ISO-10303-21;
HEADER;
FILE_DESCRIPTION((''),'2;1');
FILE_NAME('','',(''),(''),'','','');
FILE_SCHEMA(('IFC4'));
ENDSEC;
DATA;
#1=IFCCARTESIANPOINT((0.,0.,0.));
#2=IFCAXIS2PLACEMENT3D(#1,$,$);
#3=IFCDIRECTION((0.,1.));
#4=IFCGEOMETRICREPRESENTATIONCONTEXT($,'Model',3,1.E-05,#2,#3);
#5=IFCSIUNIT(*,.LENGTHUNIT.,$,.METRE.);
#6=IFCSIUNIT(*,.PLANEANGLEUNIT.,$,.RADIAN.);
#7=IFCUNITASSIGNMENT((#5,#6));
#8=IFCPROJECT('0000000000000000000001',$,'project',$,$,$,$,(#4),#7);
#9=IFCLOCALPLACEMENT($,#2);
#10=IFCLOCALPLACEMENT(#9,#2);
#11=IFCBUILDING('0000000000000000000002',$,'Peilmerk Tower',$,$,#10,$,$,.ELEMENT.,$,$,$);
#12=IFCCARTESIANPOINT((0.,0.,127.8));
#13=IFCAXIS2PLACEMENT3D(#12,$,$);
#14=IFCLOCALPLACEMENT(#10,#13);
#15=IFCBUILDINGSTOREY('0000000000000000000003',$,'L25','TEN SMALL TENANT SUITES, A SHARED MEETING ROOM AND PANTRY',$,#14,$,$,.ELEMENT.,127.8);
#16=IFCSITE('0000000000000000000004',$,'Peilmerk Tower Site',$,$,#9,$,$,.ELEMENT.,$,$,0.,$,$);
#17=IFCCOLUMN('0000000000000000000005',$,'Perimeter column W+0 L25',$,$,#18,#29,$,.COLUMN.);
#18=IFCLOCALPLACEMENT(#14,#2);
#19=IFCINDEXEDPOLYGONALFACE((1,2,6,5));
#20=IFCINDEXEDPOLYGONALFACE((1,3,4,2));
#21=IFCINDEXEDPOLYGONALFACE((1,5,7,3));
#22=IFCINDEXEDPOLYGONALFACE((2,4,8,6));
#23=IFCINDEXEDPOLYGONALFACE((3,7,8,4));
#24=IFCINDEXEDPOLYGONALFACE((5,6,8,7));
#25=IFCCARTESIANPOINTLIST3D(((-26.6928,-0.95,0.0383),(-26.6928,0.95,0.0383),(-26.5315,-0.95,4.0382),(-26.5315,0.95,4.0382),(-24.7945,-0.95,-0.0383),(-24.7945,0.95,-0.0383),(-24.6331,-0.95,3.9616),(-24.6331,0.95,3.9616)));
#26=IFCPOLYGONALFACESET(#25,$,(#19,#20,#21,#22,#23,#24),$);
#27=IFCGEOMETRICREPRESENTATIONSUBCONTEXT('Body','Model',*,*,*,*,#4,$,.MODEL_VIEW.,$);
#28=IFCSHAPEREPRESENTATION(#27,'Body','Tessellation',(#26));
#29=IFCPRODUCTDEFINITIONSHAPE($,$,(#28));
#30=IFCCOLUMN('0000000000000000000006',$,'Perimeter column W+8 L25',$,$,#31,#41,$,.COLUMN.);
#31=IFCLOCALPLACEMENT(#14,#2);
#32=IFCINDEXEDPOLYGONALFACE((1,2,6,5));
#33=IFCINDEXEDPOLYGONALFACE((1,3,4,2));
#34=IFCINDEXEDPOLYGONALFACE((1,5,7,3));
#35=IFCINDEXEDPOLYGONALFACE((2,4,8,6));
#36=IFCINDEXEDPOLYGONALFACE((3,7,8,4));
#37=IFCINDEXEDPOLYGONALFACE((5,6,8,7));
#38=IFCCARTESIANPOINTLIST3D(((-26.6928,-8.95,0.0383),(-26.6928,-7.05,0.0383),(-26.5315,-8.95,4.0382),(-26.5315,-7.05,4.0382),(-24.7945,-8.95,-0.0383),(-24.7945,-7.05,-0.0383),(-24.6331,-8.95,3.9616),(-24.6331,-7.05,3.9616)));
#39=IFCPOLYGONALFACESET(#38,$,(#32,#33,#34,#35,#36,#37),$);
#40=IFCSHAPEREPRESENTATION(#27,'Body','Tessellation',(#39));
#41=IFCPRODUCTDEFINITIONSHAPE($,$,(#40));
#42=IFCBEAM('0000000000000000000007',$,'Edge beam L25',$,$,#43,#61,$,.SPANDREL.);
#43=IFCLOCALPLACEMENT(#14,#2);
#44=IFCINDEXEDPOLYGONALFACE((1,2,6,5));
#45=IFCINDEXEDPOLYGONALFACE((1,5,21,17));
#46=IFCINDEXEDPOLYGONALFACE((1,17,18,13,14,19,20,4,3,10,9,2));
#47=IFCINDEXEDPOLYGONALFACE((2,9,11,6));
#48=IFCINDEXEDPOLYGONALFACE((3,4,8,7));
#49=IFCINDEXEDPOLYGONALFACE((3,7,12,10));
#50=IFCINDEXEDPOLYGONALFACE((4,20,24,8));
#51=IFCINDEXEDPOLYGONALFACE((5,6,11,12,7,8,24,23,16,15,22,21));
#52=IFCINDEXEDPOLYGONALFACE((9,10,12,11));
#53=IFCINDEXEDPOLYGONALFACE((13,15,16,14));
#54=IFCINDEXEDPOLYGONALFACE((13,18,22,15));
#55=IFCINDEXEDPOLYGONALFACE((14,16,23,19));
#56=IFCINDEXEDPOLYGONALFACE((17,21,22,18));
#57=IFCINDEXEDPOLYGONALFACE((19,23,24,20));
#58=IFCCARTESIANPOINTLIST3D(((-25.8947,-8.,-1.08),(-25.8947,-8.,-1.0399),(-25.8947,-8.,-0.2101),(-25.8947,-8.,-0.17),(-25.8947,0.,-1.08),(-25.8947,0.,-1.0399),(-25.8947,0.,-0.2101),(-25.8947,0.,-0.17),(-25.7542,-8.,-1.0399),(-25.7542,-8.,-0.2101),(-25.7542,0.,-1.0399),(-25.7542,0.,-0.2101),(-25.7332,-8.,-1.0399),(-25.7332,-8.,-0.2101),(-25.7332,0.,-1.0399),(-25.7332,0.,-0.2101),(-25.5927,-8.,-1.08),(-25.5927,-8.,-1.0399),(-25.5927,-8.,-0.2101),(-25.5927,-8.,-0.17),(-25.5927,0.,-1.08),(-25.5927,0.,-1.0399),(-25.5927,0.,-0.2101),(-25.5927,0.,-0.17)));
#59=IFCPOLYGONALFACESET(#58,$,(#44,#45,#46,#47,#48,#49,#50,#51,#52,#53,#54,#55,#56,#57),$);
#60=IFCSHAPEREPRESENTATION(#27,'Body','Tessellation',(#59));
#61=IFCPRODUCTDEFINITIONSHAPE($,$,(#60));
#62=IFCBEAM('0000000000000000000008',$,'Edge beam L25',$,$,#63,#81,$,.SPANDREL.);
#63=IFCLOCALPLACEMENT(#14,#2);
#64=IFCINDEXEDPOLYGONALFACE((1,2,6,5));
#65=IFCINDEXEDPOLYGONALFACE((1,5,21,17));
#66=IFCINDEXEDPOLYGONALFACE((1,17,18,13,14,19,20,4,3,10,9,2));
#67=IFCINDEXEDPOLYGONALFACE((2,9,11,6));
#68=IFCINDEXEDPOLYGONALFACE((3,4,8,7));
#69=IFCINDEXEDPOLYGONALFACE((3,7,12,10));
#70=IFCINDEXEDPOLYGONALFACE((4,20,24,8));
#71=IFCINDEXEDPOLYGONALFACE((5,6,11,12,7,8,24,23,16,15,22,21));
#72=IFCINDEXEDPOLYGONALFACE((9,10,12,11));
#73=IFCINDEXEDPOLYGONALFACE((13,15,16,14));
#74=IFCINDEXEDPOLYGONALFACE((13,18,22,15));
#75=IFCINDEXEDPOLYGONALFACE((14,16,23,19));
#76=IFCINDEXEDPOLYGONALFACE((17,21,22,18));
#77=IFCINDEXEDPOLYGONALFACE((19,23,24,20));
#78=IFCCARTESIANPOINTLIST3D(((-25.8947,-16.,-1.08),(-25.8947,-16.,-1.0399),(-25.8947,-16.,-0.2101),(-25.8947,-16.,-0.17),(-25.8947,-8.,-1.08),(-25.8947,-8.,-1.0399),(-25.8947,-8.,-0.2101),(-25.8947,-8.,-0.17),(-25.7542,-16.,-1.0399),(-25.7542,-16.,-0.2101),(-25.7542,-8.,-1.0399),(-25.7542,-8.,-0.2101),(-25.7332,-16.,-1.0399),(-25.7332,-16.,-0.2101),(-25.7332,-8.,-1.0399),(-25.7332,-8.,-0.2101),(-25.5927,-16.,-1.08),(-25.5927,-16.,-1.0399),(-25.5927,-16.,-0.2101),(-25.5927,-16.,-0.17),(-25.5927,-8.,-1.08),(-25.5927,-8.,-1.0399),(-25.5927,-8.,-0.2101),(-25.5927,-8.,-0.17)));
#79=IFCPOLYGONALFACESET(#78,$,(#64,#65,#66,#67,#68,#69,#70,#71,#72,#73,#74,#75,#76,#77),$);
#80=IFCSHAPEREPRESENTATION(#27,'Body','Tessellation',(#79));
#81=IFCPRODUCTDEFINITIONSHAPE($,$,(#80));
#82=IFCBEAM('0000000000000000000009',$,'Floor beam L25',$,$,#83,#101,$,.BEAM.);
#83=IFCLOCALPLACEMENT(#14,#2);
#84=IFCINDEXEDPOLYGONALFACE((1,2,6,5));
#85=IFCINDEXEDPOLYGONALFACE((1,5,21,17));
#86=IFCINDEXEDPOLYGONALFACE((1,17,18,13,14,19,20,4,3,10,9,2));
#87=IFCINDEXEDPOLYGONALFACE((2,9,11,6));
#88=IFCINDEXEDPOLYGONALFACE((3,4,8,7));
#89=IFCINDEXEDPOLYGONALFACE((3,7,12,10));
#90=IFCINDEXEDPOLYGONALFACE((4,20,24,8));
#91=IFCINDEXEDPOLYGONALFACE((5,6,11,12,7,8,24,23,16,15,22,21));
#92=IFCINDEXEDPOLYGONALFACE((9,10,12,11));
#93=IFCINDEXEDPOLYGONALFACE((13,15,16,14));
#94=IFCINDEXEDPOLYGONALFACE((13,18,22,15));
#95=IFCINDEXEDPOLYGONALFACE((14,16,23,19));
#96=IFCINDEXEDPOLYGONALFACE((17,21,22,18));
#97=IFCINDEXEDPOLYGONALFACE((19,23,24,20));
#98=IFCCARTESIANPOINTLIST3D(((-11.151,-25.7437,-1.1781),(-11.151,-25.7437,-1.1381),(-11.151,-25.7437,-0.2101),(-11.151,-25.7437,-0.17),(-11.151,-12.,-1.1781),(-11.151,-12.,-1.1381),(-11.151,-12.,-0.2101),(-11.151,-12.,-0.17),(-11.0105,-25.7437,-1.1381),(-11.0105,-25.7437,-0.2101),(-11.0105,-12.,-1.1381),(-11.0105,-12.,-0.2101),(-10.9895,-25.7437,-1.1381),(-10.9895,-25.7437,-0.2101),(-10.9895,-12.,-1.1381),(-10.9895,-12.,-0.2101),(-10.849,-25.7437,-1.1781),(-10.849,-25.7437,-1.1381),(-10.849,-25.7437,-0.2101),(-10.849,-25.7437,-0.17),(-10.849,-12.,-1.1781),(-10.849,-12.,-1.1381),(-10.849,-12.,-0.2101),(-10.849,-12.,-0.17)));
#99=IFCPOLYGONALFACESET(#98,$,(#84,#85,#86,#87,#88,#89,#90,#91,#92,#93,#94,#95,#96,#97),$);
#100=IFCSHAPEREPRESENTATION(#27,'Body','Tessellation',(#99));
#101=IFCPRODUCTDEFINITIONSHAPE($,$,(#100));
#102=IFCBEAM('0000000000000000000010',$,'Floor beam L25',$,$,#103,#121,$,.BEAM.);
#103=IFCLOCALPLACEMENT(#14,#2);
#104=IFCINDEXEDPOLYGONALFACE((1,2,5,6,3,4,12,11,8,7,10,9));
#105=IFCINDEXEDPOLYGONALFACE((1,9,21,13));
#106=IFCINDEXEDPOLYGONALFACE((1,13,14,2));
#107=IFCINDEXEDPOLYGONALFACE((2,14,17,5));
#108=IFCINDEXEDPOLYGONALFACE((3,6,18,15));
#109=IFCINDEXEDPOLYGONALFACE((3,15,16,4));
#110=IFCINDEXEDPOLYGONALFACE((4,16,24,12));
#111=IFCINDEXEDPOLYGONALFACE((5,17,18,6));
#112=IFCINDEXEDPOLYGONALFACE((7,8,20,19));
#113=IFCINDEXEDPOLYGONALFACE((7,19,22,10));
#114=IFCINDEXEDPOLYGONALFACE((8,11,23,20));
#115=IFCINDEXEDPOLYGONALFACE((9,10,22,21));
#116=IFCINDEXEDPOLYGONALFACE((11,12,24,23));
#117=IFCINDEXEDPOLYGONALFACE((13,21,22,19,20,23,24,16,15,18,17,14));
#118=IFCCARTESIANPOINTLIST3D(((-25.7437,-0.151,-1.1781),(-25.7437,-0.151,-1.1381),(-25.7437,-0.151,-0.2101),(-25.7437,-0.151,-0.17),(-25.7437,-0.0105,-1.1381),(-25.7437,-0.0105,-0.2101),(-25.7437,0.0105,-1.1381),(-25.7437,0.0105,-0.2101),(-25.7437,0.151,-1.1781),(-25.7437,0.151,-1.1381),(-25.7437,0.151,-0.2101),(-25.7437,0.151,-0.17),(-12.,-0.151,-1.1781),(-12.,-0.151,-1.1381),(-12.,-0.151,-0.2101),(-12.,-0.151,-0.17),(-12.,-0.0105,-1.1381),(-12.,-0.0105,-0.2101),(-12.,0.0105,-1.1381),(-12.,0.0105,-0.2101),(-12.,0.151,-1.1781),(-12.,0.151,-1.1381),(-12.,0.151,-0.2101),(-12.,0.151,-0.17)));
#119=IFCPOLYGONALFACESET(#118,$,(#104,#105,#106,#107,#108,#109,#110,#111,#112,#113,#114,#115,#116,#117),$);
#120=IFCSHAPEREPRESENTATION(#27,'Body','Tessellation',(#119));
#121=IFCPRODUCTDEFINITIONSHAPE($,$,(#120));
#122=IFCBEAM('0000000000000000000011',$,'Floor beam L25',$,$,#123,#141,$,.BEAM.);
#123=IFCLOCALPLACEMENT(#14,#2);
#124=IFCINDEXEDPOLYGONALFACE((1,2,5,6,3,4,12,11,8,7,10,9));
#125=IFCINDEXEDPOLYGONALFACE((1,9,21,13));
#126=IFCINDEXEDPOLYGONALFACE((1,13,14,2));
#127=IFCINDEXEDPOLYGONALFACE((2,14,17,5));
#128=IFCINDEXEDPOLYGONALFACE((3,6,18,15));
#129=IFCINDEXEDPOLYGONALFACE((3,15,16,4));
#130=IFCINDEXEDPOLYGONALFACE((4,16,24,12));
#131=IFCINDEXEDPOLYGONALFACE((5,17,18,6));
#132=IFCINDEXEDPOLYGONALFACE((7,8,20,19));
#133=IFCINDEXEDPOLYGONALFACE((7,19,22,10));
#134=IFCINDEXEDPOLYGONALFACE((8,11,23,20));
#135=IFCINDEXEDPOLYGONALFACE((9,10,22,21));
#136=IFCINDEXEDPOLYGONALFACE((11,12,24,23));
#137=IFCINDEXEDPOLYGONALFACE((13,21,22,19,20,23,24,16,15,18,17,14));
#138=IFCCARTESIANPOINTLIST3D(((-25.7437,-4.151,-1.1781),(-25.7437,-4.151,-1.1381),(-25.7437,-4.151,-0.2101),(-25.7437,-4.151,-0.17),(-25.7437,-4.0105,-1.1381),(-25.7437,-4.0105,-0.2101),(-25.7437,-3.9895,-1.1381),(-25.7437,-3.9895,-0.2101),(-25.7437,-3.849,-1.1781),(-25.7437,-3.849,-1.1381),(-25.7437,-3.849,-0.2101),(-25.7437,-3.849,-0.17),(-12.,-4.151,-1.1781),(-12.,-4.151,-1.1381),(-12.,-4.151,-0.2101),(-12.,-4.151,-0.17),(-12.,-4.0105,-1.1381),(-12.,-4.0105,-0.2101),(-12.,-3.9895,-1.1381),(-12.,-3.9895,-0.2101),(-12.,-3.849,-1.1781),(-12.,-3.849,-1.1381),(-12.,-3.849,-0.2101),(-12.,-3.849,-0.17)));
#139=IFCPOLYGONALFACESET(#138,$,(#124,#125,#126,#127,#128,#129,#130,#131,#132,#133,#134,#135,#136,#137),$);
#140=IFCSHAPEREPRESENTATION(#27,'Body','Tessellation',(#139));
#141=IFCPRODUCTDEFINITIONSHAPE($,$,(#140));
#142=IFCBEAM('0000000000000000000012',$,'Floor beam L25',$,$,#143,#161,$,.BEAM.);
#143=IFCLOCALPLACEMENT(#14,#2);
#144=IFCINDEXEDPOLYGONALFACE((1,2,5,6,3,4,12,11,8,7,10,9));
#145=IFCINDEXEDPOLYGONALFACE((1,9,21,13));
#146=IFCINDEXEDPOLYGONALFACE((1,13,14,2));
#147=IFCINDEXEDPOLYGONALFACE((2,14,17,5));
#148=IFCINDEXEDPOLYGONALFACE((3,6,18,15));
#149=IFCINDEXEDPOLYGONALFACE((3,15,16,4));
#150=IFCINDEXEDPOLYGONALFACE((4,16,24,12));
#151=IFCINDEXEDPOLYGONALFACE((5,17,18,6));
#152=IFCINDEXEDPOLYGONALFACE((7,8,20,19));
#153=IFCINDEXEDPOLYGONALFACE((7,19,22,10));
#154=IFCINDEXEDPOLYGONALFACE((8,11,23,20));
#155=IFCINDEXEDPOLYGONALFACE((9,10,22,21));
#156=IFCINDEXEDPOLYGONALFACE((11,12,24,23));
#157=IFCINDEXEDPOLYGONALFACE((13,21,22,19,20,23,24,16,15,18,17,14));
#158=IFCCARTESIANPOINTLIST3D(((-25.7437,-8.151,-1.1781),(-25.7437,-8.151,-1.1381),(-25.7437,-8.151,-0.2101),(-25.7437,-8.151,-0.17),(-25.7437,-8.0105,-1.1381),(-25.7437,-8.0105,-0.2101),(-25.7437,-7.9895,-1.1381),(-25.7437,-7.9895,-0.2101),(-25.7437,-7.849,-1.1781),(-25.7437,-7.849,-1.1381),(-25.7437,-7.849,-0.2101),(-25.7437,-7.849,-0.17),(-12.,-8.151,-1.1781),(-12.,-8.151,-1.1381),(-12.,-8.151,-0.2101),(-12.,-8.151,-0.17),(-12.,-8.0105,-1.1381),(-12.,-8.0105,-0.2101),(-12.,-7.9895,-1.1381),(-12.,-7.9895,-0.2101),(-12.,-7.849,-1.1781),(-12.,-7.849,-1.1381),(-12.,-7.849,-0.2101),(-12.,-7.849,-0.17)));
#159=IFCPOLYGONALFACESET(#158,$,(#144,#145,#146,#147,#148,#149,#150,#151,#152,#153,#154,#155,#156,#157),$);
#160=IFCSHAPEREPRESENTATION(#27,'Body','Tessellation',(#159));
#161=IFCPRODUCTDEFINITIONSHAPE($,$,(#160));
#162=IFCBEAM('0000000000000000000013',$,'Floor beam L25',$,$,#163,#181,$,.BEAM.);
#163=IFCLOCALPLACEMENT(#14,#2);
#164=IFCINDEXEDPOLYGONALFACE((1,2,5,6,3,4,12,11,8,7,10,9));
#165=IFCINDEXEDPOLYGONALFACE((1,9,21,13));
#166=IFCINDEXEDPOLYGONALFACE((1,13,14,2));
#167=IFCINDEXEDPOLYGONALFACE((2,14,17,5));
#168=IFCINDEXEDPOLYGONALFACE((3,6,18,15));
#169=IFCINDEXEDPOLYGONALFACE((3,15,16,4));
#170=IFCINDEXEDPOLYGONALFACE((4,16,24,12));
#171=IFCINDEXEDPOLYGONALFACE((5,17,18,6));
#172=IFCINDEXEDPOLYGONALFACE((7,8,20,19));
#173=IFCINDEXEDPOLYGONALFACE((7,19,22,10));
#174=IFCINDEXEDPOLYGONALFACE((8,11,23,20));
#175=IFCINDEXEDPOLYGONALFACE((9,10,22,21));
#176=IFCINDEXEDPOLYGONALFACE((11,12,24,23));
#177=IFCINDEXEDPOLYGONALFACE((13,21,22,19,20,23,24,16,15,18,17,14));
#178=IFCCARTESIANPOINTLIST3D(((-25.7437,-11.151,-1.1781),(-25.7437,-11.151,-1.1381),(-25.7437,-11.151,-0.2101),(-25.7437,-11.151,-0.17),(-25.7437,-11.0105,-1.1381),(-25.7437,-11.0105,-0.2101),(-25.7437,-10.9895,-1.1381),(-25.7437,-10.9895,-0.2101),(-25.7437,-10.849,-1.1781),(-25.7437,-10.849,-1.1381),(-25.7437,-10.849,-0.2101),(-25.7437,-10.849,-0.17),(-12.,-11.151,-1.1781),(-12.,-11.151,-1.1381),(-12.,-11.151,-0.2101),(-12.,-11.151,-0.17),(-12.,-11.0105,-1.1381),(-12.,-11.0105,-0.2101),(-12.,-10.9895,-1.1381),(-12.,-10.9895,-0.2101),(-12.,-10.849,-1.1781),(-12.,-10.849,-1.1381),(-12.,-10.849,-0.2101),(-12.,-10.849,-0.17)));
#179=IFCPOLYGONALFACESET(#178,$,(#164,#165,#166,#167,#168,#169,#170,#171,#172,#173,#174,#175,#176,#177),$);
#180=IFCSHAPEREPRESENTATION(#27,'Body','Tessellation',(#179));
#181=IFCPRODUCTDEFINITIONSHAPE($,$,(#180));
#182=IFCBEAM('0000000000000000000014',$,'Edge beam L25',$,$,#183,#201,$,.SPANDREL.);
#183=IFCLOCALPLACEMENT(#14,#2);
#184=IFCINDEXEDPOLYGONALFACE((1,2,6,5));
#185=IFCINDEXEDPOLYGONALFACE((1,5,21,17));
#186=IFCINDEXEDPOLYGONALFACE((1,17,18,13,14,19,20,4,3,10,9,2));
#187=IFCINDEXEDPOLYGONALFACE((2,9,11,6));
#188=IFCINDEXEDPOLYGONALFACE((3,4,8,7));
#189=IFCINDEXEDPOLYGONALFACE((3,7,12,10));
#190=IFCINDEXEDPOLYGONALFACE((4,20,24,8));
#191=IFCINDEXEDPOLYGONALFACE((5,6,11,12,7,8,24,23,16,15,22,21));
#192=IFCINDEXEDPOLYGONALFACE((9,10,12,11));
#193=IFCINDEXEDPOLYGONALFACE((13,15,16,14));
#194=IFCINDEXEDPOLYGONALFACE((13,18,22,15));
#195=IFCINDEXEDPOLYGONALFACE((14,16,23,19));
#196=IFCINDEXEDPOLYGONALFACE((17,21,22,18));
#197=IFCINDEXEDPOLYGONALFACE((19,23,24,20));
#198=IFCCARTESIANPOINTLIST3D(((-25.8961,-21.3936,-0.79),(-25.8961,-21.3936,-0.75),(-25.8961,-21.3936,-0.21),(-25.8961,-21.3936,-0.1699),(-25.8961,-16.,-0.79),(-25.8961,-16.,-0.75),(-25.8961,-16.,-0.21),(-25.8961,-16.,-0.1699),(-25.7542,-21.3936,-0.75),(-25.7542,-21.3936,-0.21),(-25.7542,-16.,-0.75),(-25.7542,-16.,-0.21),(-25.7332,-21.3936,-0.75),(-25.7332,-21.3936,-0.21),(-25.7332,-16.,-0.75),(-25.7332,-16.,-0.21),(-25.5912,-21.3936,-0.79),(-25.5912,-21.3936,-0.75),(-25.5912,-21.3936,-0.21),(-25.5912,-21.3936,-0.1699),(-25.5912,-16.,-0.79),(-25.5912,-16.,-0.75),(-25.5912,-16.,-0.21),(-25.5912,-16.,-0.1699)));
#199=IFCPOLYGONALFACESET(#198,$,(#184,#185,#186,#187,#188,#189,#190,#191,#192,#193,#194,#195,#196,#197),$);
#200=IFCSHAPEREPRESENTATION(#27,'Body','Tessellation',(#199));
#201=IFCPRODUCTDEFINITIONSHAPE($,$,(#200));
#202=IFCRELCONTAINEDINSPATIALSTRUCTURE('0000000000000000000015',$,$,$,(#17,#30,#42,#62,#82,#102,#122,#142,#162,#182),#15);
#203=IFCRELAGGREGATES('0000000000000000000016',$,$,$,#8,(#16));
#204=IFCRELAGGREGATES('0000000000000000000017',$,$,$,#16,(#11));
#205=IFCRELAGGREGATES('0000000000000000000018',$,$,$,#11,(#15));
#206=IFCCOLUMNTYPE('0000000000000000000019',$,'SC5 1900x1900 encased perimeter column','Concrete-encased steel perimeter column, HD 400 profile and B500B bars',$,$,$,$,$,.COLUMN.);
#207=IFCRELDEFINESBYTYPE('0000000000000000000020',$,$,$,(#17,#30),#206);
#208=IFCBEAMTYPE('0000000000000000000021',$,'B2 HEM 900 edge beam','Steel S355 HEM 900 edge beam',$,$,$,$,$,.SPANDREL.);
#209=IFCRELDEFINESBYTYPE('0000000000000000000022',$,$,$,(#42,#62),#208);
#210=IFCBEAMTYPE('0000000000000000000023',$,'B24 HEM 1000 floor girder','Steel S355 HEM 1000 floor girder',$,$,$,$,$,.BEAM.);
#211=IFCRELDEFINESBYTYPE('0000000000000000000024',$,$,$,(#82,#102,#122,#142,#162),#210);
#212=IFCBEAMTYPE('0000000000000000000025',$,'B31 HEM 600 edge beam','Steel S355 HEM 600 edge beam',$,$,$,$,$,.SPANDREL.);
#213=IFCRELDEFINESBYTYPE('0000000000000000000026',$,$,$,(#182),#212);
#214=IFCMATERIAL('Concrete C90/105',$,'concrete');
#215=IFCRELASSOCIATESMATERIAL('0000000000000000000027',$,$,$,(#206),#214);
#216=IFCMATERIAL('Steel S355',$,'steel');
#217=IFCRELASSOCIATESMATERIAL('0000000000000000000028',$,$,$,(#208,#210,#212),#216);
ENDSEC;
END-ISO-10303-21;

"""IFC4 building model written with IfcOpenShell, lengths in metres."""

from ifc_helpers import new_model, si_unit, direction, frame, origin, origin_2d, place, context, subcontext, project, spatial, rectangle, i_section, extrude, material, material_profile, profile_set, type_object, element, save


model = new_model("IFC4")

# Units and contexts
model_context = context("Model", 3, precision=1e-05, world=origin(), true_north=direction((0.0, 1.0)))
body_context = subcontext(model_context, "Body", "Model", "MODEL_VIEW")
ifc_project = project(units=[si_unit("LENGTHUNIT", "METRE"), si_unit("PLANEANGLEUNIT", "RADIAN")], contexts=[model_context])

# Site, building, storey
site_placement = place(None, origin())
site = spatial("IfcSite", under=ifc_project, at=site_placement, Name="Peilmerk Tower Site", CompositionType="ELEMENT", RefElevation=0.0)
building_placement = place(site_placement, origin())
building = spatial("IfcBuilding", under=site, at=building_placement, Name="Peilmerk Tower", CompositionType="ELEMENT")
storey_placement = place(building_placement, frame((0.0, 0.0, 127.8)))
storey = spatial("IfcBuildingStorey", under=building, at=storey_placement, Name="L25", Description="TEN SMALL TENANT SUITES, A SHARED MEETING ROOM AND PANTRY", CompositionType="ELEMENT", Elevation=127.8)

# Columns
ifc_material_1 = material(Name="Concrete C90/105", Category="concrete")
ifc_material_profile_1 = material_profile(ifc_material_1, rectangle(XDim=1.8999, YDim=1.8999, at=origin_2d()), Name="RC 1900x1900")
ifc_profile_set_1 = profile_set([ifc_material_profile_1], Name="Concrete C90/105")
column_type = type_object("IfcColumnType", Name="SC5 1900x1900 encased perimeter column", Description="Concrete-encased steel perimeter column, HD 400 profile and B500B bars", PredefinedType="COLUMN", material=ifc_profile_set_1)
for number, where, z_axis, x_axis, name in (
    (1, (-25.7437, 0.0, 0.0), (0.040311, 0.0, 0.999187), (0.0, 1.0, 0.0), "Perimeter column W+0 L25"),
    (2, (-25.7437, -8.0, 0.0), (0.040311, 0.0, 0.999187), (0.0, 1.0, 0.0), "Perimeter column W+8 L25"),
):
    element("IfcColumn", number, at=place(storey_placement, frame(where, z_axis=z_axis, x_axis=x_axis)), inside=storey, type_object=column_type, Name=name, PredefinedType="COLUMN", context=body_context, shape_type="SweptSolid", body=[
        extrude(rectangle(XDim=1.8999, YDim=1.8999, at=origin_2d()), origin(), (0.0, 0.0, 1.0), 4.0032),
    ])

# Beams
ifc_material_2 = material(Name="Steel S355", Category="steel")
ifc_material_profile_2 = material_profile(ifc_material_2, i_section(OverallWidth=0.302, OverallDepth=0.9099, WebThickness=0.021, FlangeThickness=0.04, at=origin_2d()), Name="HEM 900")
ifc_profile_set_2 = profile_set([ifc_material_profile_2], Name="Steel S355")
beam_type_1 = type_object("IfcBeamType", Name="B2 HEM 900 edge beam", Description="Steel S355 HEM 900 edge beam", PredefinedType="SPANDREL", material=ifc_profile_set_2)
for number, where, z_axis, x_axis, name in (
    (3, (-25.7437, 0.0, -0.625), (0.0, -1.0, 0.0), (1.0, 0.0, 0.0), "Edge beam L25"),
    (4, (-25.7437, -8.0, -0.625), (0.0, -1.0, 0.0), (1.0, 0.0, 0.0), "Edge beam L25"),
):
    element("IfcBeam", number, at=place(storey_placement, frame(where, z_axis=z_axis, x_axis=x_axis)), inside=storey, type_object=beam_type_1, Name=name, PredefinedType="SPANDREL", context=body_context, shape_type="SweptSolid", body=[
        extrude(i_section(OverallWidth=0.302, OverallDepth=0.9099, WebThickness=0.021, FlangeThickness=0.04, at=origin_2d()), origin(), (0.0, 0.0, 1.0), 8.0),
    ])
ifc_material_profile_3 = material_profile(ifc_material_2, i_section(OverallWidth=0.302, OverallDepth=1.0081, WebThickness=0.021, FlangeThickness=0.04, at=origin_2d()), Name="HEM 1000")
ifc_profile_set_3 = profile_set([ifc_material_profile_3], Name="Steel S355")
beam_type_2 = type_object("IfcBeamType", Name="B24 HEM 1000 floor girder", Description="Steel S355 HEM 1000 floor girder", PredefinedType="BEAM", material=ifc_profile_set_3)
for number, where, z_axis, x_axis, name in (
    (5, (-11.0, -12.0, -0.6741), (0.0, -1.0, 0.0), (1.0, 0.0, 0.0), "Floor beam L25"),
    (6, (-12.0, 0.0, -0.6741), (-1.0, 0.0, 0.0), (0.0, -1.0, 0.0), "Floor beam L25"),
    (7, (-12.0, -4.0, -0.6741), (-1.0, 0.0, 0.0), (0.0, -1.0, 0.0), "Floor beam L25"),
    (8, (-12.0, -8.0, -0.6741), (-1.0, 0.0, 0.0), (0.0, -1.0, 0.0), "Floor beam L25"),
    (9, (-12.0, -11.0, -0.6741), (-1.0, 0.0, 0.0), (0.0, -1.0, 0.0), "Floor beam L25"),
):
    element("IfcBeam", number, at=place(storey_placement, frame(where, z_axis=z_axis, x_axis=x_axis)), inside=storey, type_object=beam_type_2, Name=name, PredefinedType="BEAM", context=body_context, shape_type="SweptSolid", body=[
        extrude(i_section(OverallWidth=0.302, OverallDepth=1.0081, WebThickness=0.021, FlangeThickness=0.04, at=origin_2d()), origin(), (0.0, 0.0, 1.0), 13.7437),
    ])
ifc_material_profile_4 = material_profile(ifc_material_2, i_section(OverallWidth=0.3049, OverallDepth=0.6201, WebThickness=0.021, FlangeThickness=0.04, at=origin_2d()), Name="HEM 600")
ifc_profile_set_4 = profile_set([ifc_material_profile_4], Name="Steel S355")
beam_type_3 = type_object("IfcBeamType", Name="B31 HEM 600 edge beam", Description="Steel S355 HEM 600 edge beam", PredefinedType="SPANDREL", material=ifc_profile_set_4)
beam_1_placement = place(storey_placement, frame((-25.7437, -16.0, -0.48), z_axis=(0.0, -1.0, 0.0), x_axis=(1.0, 0.0, 0.0)))
element("IfcBeam", 10, at=beam_1_placement, inside=storey, type_object=beam_type_3, Name="Edge beam L25", PredefinedType="SPANDREL", context=body_context, shape_type="SweptSolid", body=[
    extrude(i_section(OverallWidth=0.3049, OverallDepth=0.6201, WebThickness=0.021, FlangeThickness=0.04, at=origin_2d()), origin(), (0.0, 0.0, 1.0), 5.3936),
])

save(model, "model.ifc")
